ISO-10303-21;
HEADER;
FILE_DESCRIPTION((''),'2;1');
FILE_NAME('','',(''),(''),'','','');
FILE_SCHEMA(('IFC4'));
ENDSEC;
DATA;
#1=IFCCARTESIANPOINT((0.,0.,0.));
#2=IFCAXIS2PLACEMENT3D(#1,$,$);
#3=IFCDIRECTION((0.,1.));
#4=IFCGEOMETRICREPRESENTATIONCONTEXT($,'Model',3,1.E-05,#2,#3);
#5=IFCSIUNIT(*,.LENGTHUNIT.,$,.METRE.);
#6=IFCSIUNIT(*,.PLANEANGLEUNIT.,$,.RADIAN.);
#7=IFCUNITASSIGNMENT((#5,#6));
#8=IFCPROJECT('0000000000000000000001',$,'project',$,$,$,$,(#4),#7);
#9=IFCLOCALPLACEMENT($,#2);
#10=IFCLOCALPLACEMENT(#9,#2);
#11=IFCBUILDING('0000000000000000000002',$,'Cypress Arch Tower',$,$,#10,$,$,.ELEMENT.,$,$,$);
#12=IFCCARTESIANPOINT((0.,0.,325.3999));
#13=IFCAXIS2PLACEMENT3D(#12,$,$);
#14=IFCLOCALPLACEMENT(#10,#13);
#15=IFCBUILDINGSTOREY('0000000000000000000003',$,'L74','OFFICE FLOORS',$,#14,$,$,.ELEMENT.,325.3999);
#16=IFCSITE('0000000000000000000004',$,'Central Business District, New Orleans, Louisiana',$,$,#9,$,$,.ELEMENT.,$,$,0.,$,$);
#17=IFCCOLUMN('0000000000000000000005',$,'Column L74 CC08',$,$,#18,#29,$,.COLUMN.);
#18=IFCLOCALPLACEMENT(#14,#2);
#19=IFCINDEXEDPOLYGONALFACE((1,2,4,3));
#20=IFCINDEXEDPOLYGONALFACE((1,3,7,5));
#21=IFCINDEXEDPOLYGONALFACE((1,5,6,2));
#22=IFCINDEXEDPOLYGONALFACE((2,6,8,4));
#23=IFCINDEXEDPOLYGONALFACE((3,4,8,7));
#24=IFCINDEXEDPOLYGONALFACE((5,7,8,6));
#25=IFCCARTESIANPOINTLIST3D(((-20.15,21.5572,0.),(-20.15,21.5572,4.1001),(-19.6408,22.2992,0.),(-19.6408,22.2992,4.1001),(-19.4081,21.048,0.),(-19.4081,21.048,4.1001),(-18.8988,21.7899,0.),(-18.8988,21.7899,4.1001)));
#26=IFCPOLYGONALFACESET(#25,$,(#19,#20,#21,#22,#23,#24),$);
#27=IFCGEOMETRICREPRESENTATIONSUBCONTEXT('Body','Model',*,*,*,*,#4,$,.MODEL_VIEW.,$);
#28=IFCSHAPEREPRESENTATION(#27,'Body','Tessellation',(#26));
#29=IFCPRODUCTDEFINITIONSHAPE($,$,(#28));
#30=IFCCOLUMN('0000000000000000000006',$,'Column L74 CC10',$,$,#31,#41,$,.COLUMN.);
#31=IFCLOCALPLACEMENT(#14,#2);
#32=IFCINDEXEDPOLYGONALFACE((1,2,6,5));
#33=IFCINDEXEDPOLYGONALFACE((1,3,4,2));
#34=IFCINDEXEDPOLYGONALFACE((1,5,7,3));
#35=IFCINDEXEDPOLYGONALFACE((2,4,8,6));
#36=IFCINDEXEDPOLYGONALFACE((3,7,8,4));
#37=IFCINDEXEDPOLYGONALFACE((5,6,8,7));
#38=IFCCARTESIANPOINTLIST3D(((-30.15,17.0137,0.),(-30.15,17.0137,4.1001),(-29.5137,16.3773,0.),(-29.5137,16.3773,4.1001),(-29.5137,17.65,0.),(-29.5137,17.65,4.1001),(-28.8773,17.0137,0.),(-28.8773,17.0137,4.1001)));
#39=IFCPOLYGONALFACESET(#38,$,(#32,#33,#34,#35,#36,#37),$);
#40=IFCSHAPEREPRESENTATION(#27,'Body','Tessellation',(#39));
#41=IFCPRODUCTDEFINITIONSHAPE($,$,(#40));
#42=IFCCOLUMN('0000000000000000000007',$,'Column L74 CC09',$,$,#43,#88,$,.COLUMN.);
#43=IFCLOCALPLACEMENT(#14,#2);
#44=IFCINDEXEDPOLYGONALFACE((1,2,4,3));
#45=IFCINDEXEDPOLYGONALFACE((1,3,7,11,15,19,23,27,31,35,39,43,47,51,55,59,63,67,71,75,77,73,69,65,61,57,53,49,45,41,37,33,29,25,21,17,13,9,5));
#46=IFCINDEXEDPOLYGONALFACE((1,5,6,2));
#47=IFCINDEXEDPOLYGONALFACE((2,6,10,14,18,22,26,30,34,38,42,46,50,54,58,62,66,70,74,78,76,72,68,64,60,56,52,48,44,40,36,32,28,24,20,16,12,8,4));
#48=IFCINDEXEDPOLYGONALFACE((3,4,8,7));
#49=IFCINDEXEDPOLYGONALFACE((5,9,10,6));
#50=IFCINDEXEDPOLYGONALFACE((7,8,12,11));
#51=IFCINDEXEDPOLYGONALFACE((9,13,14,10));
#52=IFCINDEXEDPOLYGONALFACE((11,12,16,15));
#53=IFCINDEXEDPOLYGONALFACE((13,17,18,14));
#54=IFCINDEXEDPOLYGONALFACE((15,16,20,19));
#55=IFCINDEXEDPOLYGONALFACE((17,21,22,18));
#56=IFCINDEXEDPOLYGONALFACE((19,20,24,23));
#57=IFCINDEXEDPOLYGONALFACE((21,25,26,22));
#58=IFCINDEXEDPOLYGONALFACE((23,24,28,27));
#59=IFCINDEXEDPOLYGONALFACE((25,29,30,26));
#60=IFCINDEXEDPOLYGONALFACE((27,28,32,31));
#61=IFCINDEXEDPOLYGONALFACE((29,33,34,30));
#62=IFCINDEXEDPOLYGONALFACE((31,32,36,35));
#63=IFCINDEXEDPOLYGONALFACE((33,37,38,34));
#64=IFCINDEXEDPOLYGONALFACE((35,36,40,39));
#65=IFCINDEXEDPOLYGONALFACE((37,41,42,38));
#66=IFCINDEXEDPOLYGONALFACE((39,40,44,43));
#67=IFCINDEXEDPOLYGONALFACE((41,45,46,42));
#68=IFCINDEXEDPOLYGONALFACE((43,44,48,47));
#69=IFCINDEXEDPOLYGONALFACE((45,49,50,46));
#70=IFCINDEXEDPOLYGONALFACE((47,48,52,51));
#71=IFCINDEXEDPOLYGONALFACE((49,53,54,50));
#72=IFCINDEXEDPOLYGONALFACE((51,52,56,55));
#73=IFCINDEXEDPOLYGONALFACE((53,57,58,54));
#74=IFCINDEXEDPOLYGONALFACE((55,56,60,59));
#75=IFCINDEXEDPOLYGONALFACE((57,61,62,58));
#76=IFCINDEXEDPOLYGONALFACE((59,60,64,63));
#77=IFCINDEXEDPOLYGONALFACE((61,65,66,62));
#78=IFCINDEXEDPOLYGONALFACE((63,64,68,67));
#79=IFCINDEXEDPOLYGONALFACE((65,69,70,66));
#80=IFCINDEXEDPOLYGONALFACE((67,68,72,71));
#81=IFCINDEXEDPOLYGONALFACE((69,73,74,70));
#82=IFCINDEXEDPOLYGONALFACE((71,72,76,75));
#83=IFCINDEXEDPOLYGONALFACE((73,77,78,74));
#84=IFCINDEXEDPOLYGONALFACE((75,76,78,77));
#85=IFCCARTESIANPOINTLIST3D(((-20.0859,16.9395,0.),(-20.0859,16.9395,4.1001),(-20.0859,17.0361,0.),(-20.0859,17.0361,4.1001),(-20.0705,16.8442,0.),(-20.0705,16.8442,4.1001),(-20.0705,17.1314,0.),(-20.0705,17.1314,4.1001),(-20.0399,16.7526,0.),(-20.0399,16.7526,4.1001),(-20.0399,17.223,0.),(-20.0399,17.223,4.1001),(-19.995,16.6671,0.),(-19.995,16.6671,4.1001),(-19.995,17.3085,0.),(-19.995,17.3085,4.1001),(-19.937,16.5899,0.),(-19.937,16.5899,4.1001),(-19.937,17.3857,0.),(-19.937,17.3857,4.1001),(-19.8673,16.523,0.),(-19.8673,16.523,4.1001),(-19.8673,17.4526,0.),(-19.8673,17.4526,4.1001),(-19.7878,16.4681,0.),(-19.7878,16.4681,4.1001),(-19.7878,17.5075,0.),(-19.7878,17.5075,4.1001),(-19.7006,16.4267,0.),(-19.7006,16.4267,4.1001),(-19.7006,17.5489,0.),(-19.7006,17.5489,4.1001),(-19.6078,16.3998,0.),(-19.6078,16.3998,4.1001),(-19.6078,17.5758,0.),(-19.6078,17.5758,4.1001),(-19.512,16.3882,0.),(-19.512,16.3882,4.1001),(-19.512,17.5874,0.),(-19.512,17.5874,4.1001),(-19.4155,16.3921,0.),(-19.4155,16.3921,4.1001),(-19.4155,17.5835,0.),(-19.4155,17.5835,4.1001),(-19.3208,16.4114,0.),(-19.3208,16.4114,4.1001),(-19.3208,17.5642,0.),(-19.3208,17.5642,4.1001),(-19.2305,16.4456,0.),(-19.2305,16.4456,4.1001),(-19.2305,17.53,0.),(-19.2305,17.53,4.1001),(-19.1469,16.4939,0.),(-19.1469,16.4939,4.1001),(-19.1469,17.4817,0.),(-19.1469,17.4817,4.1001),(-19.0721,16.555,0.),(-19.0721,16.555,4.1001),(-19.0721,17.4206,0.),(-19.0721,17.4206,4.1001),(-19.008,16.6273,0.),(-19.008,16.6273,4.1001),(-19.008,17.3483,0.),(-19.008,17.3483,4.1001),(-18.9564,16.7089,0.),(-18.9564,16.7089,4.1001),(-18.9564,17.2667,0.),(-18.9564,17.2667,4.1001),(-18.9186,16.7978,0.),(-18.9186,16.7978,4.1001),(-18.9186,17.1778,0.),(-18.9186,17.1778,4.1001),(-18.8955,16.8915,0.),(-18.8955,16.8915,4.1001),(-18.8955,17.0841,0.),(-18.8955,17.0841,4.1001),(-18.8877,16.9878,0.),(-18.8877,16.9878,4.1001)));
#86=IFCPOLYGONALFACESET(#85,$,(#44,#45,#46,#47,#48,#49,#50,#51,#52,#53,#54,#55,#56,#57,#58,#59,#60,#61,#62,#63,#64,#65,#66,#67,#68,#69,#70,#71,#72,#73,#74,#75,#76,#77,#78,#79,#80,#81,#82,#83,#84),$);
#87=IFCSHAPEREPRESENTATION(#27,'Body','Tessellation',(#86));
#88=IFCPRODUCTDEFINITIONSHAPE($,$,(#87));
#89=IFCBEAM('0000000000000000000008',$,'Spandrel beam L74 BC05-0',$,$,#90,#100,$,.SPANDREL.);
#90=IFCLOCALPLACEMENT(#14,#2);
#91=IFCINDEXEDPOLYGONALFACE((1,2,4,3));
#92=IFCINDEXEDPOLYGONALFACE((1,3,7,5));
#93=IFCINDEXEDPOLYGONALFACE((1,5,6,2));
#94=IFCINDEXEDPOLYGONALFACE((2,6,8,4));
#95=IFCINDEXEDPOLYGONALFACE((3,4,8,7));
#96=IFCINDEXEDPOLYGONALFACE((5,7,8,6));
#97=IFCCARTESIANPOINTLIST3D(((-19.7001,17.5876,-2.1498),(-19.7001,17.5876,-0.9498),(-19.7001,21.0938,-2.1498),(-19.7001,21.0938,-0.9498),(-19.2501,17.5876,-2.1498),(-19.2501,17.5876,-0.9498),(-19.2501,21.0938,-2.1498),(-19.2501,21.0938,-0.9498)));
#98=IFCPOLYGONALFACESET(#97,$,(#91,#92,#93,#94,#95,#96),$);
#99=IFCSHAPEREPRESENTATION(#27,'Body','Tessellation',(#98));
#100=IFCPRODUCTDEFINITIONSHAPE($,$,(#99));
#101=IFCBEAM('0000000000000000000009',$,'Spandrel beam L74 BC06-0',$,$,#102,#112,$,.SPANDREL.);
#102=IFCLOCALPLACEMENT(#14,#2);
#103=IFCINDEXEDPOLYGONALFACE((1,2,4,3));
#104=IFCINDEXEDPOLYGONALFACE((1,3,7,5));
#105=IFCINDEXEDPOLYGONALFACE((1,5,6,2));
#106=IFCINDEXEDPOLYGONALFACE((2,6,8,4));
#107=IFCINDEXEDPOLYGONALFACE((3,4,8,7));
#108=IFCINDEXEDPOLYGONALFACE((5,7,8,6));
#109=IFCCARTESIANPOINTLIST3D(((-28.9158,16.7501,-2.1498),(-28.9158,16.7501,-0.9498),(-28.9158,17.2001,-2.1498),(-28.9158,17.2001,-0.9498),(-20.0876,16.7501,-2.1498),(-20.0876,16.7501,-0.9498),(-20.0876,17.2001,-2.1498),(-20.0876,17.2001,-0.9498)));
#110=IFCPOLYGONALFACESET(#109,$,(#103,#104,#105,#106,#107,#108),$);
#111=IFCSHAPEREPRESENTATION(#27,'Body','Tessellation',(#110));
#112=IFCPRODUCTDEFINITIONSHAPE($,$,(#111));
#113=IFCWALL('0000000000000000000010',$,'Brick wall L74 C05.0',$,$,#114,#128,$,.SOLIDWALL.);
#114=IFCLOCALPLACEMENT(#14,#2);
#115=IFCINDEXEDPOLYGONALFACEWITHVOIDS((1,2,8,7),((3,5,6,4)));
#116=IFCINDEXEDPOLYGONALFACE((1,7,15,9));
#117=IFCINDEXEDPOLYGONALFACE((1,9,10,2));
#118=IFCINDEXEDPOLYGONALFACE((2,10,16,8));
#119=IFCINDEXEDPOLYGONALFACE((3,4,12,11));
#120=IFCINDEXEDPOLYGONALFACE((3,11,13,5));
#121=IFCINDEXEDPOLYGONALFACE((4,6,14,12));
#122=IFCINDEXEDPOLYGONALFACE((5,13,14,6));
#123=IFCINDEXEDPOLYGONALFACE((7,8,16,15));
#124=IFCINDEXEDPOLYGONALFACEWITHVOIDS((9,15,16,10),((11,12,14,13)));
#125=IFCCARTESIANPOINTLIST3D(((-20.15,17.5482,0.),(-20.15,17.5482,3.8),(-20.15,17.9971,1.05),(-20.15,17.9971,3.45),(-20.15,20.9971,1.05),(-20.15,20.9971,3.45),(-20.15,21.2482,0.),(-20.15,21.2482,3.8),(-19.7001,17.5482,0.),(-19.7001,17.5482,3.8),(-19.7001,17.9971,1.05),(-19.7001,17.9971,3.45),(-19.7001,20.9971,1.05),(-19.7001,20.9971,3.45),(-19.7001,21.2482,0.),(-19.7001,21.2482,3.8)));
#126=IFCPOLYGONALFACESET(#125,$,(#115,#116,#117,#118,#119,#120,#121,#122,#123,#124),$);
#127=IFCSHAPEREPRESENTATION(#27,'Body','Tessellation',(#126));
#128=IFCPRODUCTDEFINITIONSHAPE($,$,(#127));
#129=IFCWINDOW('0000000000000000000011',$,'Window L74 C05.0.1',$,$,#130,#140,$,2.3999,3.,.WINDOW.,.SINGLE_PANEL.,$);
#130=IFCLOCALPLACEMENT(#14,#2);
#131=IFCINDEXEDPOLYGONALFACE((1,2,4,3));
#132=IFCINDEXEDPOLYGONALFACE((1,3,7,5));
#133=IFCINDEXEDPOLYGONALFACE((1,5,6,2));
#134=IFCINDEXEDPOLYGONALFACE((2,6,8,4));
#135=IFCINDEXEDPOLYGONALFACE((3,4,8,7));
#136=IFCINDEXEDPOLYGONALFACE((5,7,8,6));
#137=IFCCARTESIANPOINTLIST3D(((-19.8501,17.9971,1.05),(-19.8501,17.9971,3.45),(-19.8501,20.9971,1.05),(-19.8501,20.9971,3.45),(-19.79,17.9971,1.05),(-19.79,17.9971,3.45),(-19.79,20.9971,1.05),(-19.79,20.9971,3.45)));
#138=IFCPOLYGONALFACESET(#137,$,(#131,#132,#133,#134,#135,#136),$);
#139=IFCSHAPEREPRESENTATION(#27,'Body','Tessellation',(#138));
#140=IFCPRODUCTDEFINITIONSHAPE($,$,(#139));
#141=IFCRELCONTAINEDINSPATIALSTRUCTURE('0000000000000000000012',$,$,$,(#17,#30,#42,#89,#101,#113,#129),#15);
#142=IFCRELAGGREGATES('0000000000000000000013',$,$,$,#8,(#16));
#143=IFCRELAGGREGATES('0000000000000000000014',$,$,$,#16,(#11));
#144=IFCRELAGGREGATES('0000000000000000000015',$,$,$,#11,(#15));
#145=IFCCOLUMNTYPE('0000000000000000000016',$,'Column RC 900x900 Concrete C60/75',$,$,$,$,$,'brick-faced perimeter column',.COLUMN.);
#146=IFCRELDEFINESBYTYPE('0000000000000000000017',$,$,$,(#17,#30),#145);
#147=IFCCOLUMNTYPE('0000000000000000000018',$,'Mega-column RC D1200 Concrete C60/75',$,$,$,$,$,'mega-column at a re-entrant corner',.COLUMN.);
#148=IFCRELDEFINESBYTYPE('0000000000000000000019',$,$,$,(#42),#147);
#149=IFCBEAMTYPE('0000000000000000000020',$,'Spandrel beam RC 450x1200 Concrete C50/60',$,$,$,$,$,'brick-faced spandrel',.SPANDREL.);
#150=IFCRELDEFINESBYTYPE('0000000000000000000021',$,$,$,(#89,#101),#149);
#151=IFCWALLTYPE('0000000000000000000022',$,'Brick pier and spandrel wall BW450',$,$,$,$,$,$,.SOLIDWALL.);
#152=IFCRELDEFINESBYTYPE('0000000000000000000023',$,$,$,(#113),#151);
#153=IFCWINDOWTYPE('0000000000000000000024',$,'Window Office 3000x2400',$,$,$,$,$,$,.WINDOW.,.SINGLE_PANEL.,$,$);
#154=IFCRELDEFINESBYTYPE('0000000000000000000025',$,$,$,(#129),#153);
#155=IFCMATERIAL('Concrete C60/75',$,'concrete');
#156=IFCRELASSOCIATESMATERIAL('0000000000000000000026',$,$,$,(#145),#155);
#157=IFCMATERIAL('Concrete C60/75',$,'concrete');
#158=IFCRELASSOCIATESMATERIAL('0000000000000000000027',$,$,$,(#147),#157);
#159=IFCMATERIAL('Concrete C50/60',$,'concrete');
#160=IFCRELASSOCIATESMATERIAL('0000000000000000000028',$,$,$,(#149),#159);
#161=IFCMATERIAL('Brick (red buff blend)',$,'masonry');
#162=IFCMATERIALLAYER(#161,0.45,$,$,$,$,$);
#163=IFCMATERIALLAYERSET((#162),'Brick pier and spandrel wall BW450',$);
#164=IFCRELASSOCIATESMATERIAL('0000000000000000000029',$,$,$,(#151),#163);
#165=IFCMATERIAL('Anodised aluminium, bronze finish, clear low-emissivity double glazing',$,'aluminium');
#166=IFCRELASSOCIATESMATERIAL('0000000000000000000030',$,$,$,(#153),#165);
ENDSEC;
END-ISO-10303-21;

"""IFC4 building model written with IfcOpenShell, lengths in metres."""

from ifc_helpers import new_model, si_unit, direction, frame, frame_2d, origin, origin_2d, place, context, subcontext, project, spatial, rectangle, circle, extrude, material, layer, layer_set, material_profile, profile_set, type_object, element, fill, save


model = new_model("IFC4")

# Units and contexts
model_context = context("Model", 3, precision=1e-05, world=origin(), true_north=direction((0.0, 1.0)))
body_context = subcontext(model_context, "Body", "Model", "MODEL_VIEW")
ifc_project = project(units=[si_unit("LENGTHUNIT", "METRE"), si_unit("PLANEANGLEUNIT", "RADIAN")], contexts=[model_context])

# Site, building, storey
site_placement = place(None, origin())
site = spatial("IfcSite", under=ifc_project, at=site_placement, Name="Central Business District, New Orleans, Louisiana", CompositionType="ELEMENT", RefElevation=0.0)
building_placement = place(site_placement, origin())
building = spatial("IfcBuilding", under=site, at=building_placement, Name="Cypress Arch Tower", CompositionType="ELEMENT")
storey_placement = place(building_placement, frame((0.0, 0.0, 325.3999)))
storey = spatial("IfcBuildingStorey", under=building, at=storey_placement, Name="L74", Description="OFFICE FLOORS", CompositionType="ELEMENT", Elevation=325.3999)

# Columns
ifc_material_1 = material(Name="Concrete C60/75", Category="concrete")
ifc_material_profile_1 = material_profile(ifc_material_1, rectangle(XDim=0.8999, YDim=0.8999, at=origin_2d()), Name="RC 900x900")
ifc_profile_set_1 = profile_set([ifc_material_profile_1], Name="Concrete C60/75")
column_type_1 = type_object("IfcColumnType", Name="Column RC 900x900 Concrete C60/75", ElementType="brick-faced perimeter column", PredefinedType="COLUMN", material=ifc_profile_set_1)
for number, where, z_axis, x_axis, name in (
    (1, (-19.5244, 21.6736, 0.0), (0.0, 0.0, 1.0), (-0.565893, -0.824479, 0.0), "Column L74 CC08"),
    (2, (-29.5137, 17.0137, 0.0), (0.0, 0.0, 1.0), (-0.707107, -0.707107, 0.0), "Column L74 CC10"),
):
    element("IfcColumn", number, at=place(storey_placement, frame(where, z_axis=z_axis, x_axis=x_axis)), inside=storey, type_object=column_type_1, Name=name, PredefinedType="COLUMN", context=body_context, shape_type="SweptSolid", body=[
        extrude(rectangle(XDim=0.8999, YDim=0.8999, at=origin_2d()), origin(), (0.0, 0.0, 1.0), 4.1001),
    ])
ifc_material_2 = material(Name="Concrete C60/75", Category="concrete")
ifc_material_profile_2 = material_profile(ifc_material_2, circle(Radius=0.6001, at=origin_2d()), Name="RC D1200")
ifc_profile_set_2 = profile_set([ifc_material_profile_2], Name="Concrete C60/75")
column_type_2 = type_object("IfcColumnType", Name="Mega-column RC D1200 Concrete C60/75", ElementType="mega-column at a re-entrant corner", PredefinedType="COLUMN", material=ifc_profile_set_2)
column_placement = place(storey_placement, frame((-19.4878, 16.9878, 0.0), z_axis=(0.0, 0.0, 1.0), x_axis=(1.0, 0.0, 0.0)))
element("IfcColumn", 3, at=column_placement, inside=storey, type_object=column_type_2, Name="Column L74 CC09", PredefinedType="COLUMN", context=body_context, shape_type="SweptSolid", body=[
    extrude(circle(Radius=0.6001, at=origin_2d()), origin(), (0.0, 0.0, 1.0), 4.1001),
])

# Beams
ifc_material_3 = material(Name="Concrete C50/60", Category="concrete")
ifc_material_profile_3 = material_profile(ifc_material_3, rectangle(XDim=0.45, YDim=1.2, at=origin_2d()), Name="RC 450x1200")
ifc_profile_set_3 = profile_set([ifc_material_profile_3], Name="Concrete C50/60")
beam_type = type_object("IfcBeamType", Name="Spandrel beam RC 450x1200 Concrete C50/60", ElementType="brick-faced spandrel", PredefinedType="SPANDREL", material=ifc_profile_set_3)
beam_1_placement = place(storey_placement, frame((-19.4751, 21.0938, -1.5498), z_axis=(0.0, -1.0, 0.0), x_axis=(1.0, 0.0, 0.0)))
element("IfcBeam", 4, at=beam_1_placement, inside=storey, type_object=beam_type, Name="Spandrel beam L74 BC05-0", PredefinedType="SPANDREL", context=body_context, shape_type="SweptSolid", body=[
    extrude(rectangle(XDim=0.45, YDim=1.2, at=origin_2d()), origin(), (0.0, 0.0, 1.0), 3.5061),
])
beam_2_placement = place(storey_placement, frame((-20.0876, 16.9751, -1.5498), z_axis=(-1.0, 0.0, 0.0), x_axis=(0.0, -1.0, 0.0)))
element("IfcBeam", 5, at=beam_2_placement, inside=storey, type_object=beam_type, Name="Spandrel beam L74 BC06-0", PredefinedType="SPANDREL", context=body_context, shape_type="SweptSolid", body=[
    extrude(rectangle(XDim=0.45, YDim=1.2, at=origin_2d()), origin(), (0.0, 0.0, 1.0), 8.8281),
])

# Wall, opening, window
ifc_material_4 = material(Name="Brick (red buff blend)", Category="masonry")
ifc_layer_1 = layer(ifc_material_4, 0.45)
ifc_layer_set_1 = layer_set([ifc_layer_1], Name="Brick pier and spandrel wall BW450")
wall_type_1 = type_object("IfcWallType", Name="Brick pier and spandrel wall BW450", PredefinedType="SOLIDWALL", material=ifc_layer_set_1)
wall_1_placement = place(storey_placement, frame((-19.925, 21.2483, 0.0), z_axis=(0.0, 0.0, 1.0), x_axis=(0.0, -1.0, 0.0)))
wall_1 = element("IfcWall", 6, at=wall_1_placement, inside=storey, type_object=wall_type_1, Name="Brick wall L74 C05.0", PredefinedType="SOLIDWALL", context=body_context, shape_type="SweptSolid", body=[
    extrude(rectangle(XDim=3.7, YDim=0.45, at=frame_2d((1.8501, 0.0))), origin(), (0.0, 0.0, 1.0), 3.8),
])
opening_1_placement = place(wall_1_placement, frame((0.2512, 0.0, 1.05)))
opening_1 = element("IfcOpeningElement", 7, at=opening_1_placement, cuts=wall_1, PredefinedType="OPENING", context=body_context, shape_type="SweptSolid", body=[
    extrude(rectangle(XDim=3.0, YDim=2.3999, at=frame_2d((1.5, 1.2))), frame((0.0, 0.2349, 0.0), z_axis=(0.0, -1.0, 0.0), x_axis=(1.0, 0.0, 0.0)), (0.0, 0.0, 1.0), 0.47),
])
ifc_material_5 = material(Name="Anodised aluminium, bronze finish, clear low-emissivity double glazing", Category="aluminium")
window_type = type_object("IfcWindowType", Name="Window Office 3000x2400", PartitioningType="SINGLE_PANEL", PredefinedType="WINDOW", material=ifc_material_5)
window_1_placement = place(opening_1_placement, origin())
window_1 = element("IfcWindow", 8, at=window_1_placement, inside=storey, type_object=window_type, Name="Window L74 C05.0.1", OverallHeight=2.3999, OverallWidth=3.0, PartitioningType="SINGLE_PANEL", PredefinedType="WINDOW", context=body_context, shape_type="SweptSolid", body=[
    extrude(rectangle(XDim=3.0, YDim=2.3999, at=frame_2d((1.5, 1.2))), frame((0.0, 0.135, 0.0), z_axis=(0.0, -1.0, 0.0), x_axis=(1.0, 0.0, 0.0)), (0.0, 0.0, 1.0), 0.0601),
])
fill(opening_1, window_1)

save(model, "model.ifc")
